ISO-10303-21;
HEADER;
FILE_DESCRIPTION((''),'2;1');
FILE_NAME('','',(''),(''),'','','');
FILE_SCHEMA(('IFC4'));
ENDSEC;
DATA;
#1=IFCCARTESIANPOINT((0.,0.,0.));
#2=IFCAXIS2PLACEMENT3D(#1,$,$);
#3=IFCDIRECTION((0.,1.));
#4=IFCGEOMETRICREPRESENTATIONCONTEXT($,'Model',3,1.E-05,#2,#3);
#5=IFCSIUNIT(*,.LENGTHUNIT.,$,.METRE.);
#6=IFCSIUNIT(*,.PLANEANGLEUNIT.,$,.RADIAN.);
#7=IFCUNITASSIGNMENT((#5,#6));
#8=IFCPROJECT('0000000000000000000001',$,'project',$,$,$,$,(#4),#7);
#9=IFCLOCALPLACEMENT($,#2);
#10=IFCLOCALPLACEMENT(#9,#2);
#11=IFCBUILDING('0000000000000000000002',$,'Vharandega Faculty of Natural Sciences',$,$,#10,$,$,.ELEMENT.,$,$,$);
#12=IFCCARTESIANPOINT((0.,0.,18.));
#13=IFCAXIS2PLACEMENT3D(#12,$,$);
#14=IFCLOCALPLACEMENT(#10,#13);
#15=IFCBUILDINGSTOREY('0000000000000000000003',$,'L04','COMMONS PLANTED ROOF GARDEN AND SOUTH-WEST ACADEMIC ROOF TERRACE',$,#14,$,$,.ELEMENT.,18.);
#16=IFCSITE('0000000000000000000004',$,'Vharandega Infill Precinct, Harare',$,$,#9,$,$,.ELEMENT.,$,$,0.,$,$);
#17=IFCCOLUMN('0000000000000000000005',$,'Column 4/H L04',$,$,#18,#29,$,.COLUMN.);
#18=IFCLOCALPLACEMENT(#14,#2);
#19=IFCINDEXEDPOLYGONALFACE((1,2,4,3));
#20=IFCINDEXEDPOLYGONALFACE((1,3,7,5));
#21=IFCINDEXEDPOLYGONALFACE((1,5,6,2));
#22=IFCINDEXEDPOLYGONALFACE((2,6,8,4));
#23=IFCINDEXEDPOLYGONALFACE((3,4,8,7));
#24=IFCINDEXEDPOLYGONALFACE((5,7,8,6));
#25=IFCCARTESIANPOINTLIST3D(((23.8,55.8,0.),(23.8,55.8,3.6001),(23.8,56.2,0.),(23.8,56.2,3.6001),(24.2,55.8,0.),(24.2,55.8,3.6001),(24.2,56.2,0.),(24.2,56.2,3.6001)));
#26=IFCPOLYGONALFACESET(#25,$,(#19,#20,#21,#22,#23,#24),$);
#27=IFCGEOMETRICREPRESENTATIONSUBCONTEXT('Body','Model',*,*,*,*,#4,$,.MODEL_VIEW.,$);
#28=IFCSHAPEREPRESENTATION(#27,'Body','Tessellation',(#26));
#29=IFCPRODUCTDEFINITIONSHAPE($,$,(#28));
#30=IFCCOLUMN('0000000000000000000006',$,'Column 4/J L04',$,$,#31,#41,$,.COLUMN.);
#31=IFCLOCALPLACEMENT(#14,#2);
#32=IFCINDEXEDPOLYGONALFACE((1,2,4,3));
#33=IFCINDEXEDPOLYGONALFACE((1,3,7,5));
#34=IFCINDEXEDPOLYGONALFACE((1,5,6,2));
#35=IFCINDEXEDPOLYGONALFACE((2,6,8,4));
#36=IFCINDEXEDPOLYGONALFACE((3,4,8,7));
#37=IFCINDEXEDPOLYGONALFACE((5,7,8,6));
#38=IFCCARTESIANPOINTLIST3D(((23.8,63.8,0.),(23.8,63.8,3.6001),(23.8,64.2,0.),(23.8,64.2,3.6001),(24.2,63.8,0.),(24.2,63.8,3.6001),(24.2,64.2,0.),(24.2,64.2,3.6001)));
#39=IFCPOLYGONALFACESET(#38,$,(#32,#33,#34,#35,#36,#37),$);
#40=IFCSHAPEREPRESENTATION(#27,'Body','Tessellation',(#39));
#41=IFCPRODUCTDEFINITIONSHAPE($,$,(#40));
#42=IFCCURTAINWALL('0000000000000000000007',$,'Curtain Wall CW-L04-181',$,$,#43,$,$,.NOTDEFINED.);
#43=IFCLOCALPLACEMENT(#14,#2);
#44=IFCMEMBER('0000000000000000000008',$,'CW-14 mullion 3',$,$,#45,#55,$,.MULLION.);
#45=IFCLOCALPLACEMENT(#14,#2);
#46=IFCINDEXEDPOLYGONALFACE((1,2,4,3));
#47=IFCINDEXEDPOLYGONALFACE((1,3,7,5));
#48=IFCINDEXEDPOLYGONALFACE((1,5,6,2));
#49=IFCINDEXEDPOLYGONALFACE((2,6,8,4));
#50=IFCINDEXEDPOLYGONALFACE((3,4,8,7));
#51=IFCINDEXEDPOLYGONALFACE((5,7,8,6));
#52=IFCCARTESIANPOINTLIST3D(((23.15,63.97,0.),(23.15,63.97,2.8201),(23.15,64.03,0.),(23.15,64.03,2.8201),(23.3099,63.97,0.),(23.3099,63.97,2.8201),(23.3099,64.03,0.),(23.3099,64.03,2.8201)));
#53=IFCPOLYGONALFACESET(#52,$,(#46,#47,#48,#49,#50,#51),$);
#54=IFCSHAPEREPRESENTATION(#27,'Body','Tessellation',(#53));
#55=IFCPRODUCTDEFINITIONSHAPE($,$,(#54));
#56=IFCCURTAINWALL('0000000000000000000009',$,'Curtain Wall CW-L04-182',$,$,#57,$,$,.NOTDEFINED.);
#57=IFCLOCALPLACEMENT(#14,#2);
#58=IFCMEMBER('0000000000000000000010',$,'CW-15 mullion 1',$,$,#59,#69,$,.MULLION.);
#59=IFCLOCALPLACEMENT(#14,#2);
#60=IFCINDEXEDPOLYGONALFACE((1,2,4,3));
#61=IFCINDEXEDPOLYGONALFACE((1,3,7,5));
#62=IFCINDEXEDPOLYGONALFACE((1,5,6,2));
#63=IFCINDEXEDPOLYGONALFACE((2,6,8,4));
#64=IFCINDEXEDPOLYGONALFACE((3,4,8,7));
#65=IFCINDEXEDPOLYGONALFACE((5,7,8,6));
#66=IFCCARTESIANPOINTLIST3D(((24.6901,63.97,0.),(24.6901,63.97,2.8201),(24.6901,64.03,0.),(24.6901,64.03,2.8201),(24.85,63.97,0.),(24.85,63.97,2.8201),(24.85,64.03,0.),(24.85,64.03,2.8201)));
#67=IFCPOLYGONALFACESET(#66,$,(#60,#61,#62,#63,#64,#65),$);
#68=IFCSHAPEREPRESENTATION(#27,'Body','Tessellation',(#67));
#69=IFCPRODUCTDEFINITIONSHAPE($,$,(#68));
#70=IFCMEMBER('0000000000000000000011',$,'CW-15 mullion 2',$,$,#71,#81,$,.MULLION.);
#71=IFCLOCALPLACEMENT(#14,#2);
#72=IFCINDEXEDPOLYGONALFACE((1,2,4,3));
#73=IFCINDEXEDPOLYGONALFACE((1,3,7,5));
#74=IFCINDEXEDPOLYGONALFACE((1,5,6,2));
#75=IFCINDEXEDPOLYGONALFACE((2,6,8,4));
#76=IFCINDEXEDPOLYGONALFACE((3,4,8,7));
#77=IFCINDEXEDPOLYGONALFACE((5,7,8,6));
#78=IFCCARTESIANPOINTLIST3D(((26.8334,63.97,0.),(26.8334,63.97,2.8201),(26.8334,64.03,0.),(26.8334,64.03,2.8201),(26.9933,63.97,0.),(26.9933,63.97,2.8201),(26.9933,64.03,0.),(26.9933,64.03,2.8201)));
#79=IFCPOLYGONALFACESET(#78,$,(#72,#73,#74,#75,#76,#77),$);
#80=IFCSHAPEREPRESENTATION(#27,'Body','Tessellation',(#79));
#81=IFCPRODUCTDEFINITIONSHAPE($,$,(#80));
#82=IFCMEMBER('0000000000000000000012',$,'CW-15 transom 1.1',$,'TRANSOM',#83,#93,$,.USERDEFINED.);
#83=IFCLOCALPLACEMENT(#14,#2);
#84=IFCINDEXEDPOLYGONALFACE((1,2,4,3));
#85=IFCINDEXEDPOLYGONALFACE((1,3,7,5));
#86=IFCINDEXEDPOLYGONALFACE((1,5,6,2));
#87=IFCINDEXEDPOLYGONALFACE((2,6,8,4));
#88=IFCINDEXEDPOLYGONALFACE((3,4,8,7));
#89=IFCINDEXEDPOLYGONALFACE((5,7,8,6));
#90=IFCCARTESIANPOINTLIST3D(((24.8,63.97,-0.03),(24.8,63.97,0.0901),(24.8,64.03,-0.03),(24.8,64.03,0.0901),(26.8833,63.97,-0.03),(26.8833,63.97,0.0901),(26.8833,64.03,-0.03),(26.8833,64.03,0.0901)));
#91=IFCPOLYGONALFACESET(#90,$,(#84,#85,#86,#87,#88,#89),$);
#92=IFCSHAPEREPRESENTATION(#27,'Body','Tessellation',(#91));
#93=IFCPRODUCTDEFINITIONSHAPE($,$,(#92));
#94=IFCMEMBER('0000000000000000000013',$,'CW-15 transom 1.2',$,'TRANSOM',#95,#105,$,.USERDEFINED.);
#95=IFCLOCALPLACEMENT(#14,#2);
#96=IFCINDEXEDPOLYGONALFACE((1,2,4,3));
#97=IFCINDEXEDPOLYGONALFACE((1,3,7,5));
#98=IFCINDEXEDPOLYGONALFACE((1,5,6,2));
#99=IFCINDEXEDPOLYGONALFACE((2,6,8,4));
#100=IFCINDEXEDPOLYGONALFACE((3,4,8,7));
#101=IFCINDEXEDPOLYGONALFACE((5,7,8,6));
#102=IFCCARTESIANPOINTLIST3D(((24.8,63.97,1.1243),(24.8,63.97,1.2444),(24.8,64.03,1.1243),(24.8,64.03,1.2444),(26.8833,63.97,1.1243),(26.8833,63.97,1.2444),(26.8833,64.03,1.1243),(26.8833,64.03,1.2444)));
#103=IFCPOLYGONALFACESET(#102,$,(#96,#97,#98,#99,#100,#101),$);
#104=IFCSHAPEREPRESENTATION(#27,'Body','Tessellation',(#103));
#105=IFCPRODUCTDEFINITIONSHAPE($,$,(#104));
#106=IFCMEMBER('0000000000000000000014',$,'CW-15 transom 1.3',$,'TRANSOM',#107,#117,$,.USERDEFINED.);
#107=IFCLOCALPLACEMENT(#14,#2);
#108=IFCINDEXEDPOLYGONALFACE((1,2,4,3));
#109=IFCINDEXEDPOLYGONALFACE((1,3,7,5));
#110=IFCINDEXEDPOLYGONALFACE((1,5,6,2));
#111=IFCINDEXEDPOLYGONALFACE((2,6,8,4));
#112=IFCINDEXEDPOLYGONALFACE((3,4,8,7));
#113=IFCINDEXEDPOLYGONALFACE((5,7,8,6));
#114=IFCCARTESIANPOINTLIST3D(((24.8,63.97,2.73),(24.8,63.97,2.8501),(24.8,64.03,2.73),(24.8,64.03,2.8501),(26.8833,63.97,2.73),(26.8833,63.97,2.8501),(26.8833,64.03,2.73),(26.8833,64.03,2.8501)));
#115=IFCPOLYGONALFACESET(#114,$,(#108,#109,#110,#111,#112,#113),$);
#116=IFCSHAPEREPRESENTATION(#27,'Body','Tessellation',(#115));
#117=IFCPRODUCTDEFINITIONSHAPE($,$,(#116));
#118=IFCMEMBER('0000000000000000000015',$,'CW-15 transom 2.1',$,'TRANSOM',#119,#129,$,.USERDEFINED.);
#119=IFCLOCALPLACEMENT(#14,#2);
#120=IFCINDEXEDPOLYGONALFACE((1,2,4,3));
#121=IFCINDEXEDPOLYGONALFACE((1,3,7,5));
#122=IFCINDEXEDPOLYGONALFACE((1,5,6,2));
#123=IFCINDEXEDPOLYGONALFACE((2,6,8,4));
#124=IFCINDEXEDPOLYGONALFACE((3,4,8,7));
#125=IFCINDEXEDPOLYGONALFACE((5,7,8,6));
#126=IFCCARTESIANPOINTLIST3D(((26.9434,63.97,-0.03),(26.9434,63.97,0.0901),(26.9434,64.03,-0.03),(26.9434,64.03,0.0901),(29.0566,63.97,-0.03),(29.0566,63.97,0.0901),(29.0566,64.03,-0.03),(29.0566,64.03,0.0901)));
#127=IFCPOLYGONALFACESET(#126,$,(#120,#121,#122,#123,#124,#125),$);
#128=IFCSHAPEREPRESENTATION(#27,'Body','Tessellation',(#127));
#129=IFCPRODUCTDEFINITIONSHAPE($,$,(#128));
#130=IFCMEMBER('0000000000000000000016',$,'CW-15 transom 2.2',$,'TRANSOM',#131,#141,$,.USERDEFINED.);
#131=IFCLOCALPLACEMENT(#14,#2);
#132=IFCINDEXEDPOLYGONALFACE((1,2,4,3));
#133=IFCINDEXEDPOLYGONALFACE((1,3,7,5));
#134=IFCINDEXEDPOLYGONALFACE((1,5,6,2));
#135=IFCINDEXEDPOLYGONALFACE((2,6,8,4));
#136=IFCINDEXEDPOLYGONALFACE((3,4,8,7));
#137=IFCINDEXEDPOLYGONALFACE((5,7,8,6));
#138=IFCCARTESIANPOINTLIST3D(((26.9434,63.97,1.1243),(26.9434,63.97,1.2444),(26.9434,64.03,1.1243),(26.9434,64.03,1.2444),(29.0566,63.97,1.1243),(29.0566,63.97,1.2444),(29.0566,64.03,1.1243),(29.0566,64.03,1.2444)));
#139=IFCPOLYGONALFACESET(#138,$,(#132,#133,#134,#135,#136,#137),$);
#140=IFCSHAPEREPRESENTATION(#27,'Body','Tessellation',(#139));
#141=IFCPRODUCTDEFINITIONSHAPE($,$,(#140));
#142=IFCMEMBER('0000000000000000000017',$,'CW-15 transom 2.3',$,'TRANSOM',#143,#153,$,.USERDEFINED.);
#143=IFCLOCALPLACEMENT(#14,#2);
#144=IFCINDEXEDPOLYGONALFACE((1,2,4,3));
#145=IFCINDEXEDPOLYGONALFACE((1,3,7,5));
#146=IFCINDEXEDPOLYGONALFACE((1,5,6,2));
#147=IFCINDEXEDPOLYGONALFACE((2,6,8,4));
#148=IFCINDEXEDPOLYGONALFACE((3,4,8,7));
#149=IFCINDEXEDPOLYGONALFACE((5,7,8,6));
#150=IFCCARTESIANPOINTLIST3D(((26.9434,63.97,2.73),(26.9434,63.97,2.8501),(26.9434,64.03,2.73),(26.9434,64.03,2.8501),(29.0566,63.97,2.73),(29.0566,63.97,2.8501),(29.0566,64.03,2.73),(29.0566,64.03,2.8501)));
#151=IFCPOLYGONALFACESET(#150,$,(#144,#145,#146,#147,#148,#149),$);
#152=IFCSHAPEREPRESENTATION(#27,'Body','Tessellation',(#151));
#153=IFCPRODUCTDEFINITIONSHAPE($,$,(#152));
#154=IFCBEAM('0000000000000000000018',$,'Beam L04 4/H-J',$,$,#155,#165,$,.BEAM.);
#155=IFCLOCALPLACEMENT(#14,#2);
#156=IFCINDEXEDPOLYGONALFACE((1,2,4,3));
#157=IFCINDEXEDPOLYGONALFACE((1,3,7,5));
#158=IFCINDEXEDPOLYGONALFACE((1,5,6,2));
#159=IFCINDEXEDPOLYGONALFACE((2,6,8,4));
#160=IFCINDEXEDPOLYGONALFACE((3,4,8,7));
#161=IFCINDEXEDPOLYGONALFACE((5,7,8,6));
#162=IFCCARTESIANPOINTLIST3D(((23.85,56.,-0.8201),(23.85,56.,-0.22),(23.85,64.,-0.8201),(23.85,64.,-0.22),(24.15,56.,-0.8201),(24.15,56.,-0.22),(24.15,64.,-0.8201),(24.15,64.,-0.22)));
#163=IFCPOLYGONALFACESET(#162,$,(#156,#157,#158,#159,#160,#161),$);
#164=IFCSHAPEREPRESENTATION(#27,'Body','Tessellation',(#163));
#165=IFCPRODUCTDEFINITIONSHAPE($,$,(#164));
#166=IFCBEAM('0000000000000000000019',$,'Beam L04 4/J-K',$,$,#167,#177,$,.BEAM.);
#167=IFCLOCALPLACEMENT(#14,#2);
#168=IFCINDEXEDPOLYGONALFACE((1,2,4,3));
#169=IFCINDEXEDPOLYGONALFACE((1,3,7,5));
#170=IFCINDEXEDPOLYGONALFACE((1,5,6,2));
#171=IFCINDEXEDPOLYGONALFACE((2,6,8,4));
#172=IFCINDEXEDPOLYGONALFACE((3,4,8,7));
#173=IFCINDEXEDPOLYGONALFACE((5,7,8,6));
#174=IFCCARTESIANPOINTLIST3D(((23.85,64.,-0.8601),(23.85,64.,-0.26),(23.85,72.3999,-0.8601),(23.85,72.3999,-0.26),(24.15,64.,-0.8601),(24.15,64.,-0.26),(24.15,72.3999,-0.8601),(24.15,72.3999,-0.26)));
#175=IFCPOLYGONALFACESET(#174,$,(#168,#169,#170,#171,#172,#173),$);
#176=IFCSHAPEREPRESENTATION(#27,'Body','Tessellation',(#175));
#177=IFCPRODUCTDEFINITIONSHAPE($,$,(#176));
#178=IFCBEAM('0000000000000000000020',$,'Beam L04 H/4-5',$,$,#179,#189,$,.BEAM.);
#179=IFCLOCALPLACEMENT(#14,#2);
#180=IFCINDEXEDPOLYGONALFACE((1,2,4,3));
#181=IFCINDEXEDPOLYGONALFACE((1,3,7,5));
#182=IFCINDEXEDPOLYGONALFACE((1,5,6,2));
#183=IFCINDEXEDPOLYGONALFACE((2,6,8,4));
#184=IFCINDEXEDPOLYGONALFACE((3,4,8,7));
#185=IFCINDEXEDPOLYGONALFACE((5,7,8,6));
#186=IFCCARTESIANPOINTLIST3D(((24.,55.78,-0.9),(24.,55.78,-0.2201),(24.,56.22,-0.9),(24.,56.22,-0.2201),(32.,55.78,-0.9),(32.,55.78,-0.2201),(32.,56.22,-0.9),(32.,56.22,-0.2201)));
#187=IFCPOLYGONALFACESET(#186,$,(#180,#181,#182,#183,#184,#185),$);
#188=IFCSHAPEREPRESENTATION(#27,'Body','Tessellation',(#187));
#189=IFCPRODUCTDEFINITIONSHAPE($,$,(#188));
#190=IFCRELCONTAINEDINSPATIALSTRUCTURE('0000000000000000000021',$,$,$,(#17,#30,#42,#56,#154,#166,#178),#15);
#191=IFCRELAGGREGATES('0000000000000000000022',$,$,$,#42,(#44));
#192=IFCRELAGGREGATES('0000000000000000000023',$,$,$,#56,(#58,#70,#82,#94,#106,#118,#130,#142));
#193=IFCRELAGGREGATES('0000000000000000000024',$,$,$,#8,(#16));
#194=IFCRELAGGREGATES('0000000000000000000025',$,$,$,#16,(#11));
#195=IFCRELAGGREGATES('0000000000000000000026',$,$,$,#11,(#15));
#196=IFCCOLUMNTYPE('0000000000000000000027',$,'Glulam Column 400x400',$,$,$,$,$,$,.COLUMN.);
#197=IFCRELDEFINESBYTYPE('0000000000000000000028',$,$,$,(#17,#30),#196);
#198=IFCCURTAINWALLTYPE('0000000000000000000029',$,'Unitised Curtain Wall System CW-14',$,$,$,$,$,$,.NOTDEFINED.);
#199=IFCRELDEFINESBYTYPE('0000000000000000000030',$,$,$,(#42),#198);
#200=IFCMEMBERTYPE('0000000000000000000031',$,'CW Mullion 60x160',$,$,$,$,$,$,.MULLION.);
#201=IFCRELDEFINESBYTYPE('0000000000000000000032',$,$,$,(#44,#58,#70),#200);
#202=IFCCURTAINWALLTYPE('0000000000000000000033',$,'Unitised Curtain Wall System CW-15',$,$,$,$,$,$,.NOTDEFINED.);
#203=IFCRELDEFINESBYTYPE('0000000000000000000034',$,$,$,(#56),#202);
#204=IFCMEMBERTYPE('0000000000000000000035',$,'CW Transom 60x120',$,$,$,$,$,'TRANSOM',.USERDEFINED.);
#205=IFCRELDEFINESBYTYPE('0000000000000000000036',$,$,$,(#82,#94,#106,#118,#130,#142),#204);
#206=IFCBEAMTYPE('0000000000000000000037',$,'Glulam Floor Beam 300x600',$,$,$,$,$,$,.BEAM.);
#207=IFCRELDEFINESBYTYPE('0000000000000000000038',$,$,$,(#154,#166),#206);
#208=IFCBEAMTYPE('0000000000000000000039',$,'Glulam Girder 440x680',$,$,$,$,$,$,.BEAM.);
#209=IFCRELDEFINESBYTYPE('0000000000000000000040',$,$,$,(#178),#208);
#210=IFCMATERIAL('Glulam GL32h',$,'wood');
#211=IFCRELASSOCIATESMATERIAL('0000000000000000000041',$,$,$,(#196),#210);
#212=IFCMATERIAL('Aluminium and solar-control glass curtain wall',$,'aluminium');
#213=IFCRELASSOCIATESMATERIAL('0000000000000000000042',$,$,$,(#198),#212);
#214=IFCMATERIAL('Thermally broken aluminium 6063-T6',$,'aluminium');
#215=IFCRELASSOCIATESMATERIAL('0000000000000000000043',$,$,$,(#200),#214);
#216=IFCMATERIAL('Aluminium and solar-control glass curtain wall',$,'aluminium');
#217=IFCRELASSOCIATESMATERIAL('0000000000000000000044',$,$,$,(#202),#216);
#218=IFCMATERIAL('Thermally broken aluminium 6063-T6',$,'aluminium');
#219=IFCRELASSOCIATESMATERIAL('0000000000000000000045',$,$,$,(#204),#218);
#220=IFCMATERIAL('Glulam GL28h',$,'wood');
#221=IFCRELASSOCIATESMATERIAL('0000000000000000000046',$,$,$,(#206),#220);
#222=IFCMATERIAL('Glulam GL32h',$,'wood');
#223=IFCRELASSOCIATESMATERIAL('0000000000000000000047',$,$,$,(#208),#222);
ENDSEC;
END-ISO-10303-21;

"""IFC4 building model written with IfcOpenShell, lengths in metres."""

from ifc_helpers import new_model, si_unit, direction, frame, origin, origin_2d, place, context, subcontext, project, spatial, rectangle, extrude, material, material_profile, profile_set, type_object, element, aggregate, save


model = new_model("IFC4")

# Units and contexts
model_context = context("Model", 3, precision=1e-05, world=origin(), true_north=direction((0.0, 1.0)))
body_context = subcontext(model_context, "Body", "Model", "MODEL_VIEW")
ifc_project = project(units=[si_unit("LENGTHUNIT", "METRE"), si_unit("PLANEANGLEUNIT", "RADIAN")], contexts=[model_context])

# Site, building, storey
site_placement = place(None, origin())
site = spatial("IfcSite", under=ifc_project, at=site_placement, Name="Vharandega Infill Precinct, Harare", CompositionType="ELEMENT", RefElevation=0.0)
building_placement = place(site_placement, origin())
building = spatial("IfcBuilding", under=site, at=building_placement, Name="Vharandega Faculty of Natural Sciences", CompositionType="ELEMENT")
storey_placement = place(building_placement, frame((0.0, 0.0, 18.0)))
storey = spatial("IfcBuildingStorey", under=building, at=storey_placement, Name="L04", Description="COMMONS PLANTED ROOF GARDEN AND SOUTH-WEST ACADEMIC ROOF TERRACE", CompositionType="ELEMENT", Elevation=18.0)

# Columns
ifc_material_1 = material(Name="Glulam GL32h", Category="wood")
ifc_material_profile_1 = material_profile(ifc_material_1, rectangle(XDim=0.3999, YDim=0.3999, at=origin_2d()), Name="GL32h 400x400")
ifc_profile_set_1 = profile_set([ifc_material_profile_1], Name="Glulam GL32h")
column_type = type_object("IfcColumnType", Name="Glulam Column 400x400", PredefinedType="COLUMN", material=ifc_profile_set_1)
for number, where, z_axis, x_axis, name in (
    (1, (24.0, 56.0, 0.0), (0.0, 0.0, 1.0), (1.0, 0.0, 0.0), "Column 4/H L04"),
    (2, (24.0, 64.0, 0.0), (0.0, 0.0, 1.0), (1.0, 0.0, 0.0), "Column 4/J L04"),
):
    element("IfcColumn", number, at=place(storey_placement, frame(where, z_axis=z_axis, x_axis=x_axis)), inside=storey, type_object=column_type, Name=name, PredefinedType="COLUMN", context=body_context, shape_type="SweptSolid", body=[
        extrude(rectangle(XDim=0.3999, YDim=0.3999, at=origin_2d()), origin(), (0.0, 0.0, 1.0), 3.6001),
    ])

# Curtain wall, member
ifc_material_2 = material(Name="Aluminium and solar-control glass curtain wall", Category="aluminium")
curtain_wall_type_1 = type_object("IfcCurtainWallType", Name="Unitised Curtain Wall System CW-14", PredefinedType="NOTDEFINED", material=ifc_material_2)
curtain_wall_1_placement = place(storey_placement, origin())
curtain_wall_1 = element("IfcCurtainWall", 3, at=curtain_wall_1_placement, inside=storey, type_object=curtain_wall_type_1, Name="Curtain Wall CW-L04-181", PredefinedType="NOTDEFINED")
ifc_material_3 = material(Name="Thermally broken aluminium 6063-T6", Category="aluminium")
ifc_material_profile_2 = material_profile(ifc_material_3, rectangle(XDim=0.0601, YDim=0.1599, at=origin_2d()), Name="ALU 60x160")
ifc_profile_set_2 = profile_set([ifc_material_profile_2], Name="Thermally broken aluminium 6063-T6")
member_type_1 = type_object("IfcMemberType", Name="CW Mullion 60x160", PredefinedType="MULLION", material=ifc_profile_set_2)
member_1_placement = place(storey_placement, frame((23.23, 64.0, 0.0), z_axis=(0.0, 0.0, 1.0), x_axis=(0.0, 1.0, 0.0)))
member_1 = element("IfcMember", 4, at=member_1_placement, type_object=member_type_1, Name="CW-14 mullion 3", PredefinedType="MULLION", context=body_context, shape_type="SweptSolid", body=[
    extrude(rectangle(XDim=0.0601, YDim=0.1599, at=origin_2d()), origin(), (0.0, 0.0, 1.0), 2.8201),
])
aggregate(curtain_wall_1, [member_1])

# Curtain wall, members
ifc_material_4 = material(Name="Aluminium and solar-control glass curtain wall", Category="aluminium")
curtain_wall_type_2 = type_object("IfcCurtainWallType", Name="Unitised Curtain Wall System CW-15", PredefinedType="NOTDEFINED", material=ifc_material_4)
curtain_wall_2_placement = place(storey_placement, origin())
curtain_wall_2 = element("IfcCurtainWall", 5, at=curtain_wall_2_placement, inside=storey, type_object=curtain_wall_type_2, Name="Curtain Wall CW-L04-182", PredefinedType="NOTDEFINED")
member_2_placement = place(storey_placement, frame((24.77, 64.0, 0.0), z_axis=(0.0, 0.0, 1.0), x_axis=(0.0, 1.0, 0.0)))
member_2 = element("IfcMember", 6, at=member_2_placement, type_object=member_type_1, Name="CW-15 mullion 1", PredefinedType="MULLION", context=body_context, shape_type="SweptSolid", body=[
    extrude(rectangle(XDim=0.0601, YDim=0.1599, at=origin_2d()), origin(), (0.0, 0.0, 1.0), 2.8201),
])
member_3_placement = place(storey_placement, frame((26.9133, 64.0, 0.0), z_axis=(0.0, 0.0, 1.0), x_axis=(0.0, 1.0, 0.0)))
member_3 = element("IfcMember", 7, at=member_3_placement, type_object=member_type_1, Name="CW-15 mullion 2", PredefinedType="MULLION", context=body_context, shape_type="SweptSolid", body=[
    extrude(rectangle(XDim=0.0601, YDim=0.1599, at=origin_2d()), origin(), (0.0, 0.0, 1.0), 2.8201),
])
ifc_material_5 = material(Name="Thermally broken aluminium 6063-T6", Category="aluminium")
ifc_material_profile_3 = material_profile(ifc_material_5, rectangle(XDim=0.0601, YDim=0.1201, at=origin_2d()), Name="ALU 60x120")
ifc_profile_set_3 = profile_set([ifc_material_profile_3], Name="Thermally broken aluminium 6063-T6")
member_type_2 = type_object("IfcMemberType", Name="CW Transom 60x120", ElementType="TRANSOM", PredefinedType="USERDEFINED", material=ifc_profile_set_3)
member_4_placement = place(storey_placement, frame((24.8, 64.0, 0.03), z_axis=(1.0, 0.0, 0.0), x_axis=(0.0, 1.0, 0.0)))
member_4 = element("IfcMember", 8, at=member_4_placement, type_object=member_type_2, Name="CW-15 transom 1.1", ObjectType="TRANSOM", PredefinedType="USERDEFINED", context=body_context, shape_type="SweptSolid", body=[
    extrude(rectangle(XDim=0.0601, YDim=0.1201, at=origin_2d()), origin(), (0.0, 0.0, 1.0), 2.0833),
])
member_5_placement = place(storey_placement, frame((24.8, 64.0, 1.1843), z_axis=(1.0, 0.0, 0.0), x_axis=(0.0, 1.0, 0.0)))
member_5 = element("IfcMember", 9, at=member_5_placement, type_object=member_type_2, Name="CW-15 transom 1.2", ObjectType="TRANSOM", PredefinedType="USERDEFINED", context=body_context, shape_type="SweptSolid", body=[
    extrude(rectangle(XDim=0.0601, YDim=0.1201, at=origin_2d()), origin(), (0.0, 0.0, 1.0), 2.0833),
])
member_6_placement = place(storey_placement, frame((24.8, 64.0, 2.79), z_axis=(1.0, 0.0, 0.0), x_axis=(0.0, 1.0, 0.0)))
member_6 = element("IfcMember", 10, at=member_6_placement, type_object=member_type_2, Name="CW-15 transom 1.3", ObjectType="TRANSOM", PredefinedType="USERDEFINED", context=body_context, shape_type="SweptSolid", body=[
    extrude(rectangle(XDim=0.0601, YDim=0.1201, at=origin_2d()), origin(), (0.0, 0.0, 1.0), 2.0833),
])
member_7_placement = place(storey_placement, frame((26.9434, 64.0, 0.03), z_axis=(1.0, 0.0, 0.0), x_axis=(0.0, 1.0, 0.0)))
member_7 = element("IfcMember", 11, at=member_7_placement, type_object=member_type_2, Name="CW-15 transom 2.1", ObjectType="TRANSOM", PredefinedType="USERDEFINED", context=body_context, shape_type="SweptSolid", body=[
    extrude(rectangle(XDim=0.0601, YDim=0.1201, at=origin_2d()), origin(), (0.0, 0.0, 1.0), 2.1133),
])
member_8_placement = place(storey_placement, frame((26.9434, 64.0, 1.1843), z_axis=(1.0, 0.0, 0.0), x_axis=(0.0, 1.0, 0.0)))
member_8 = element("IfcMember", 12, at=member_8_placement, type_object=member_type_2, Name="CW-15 transom 2.2", ObjectType="TRANSOM", PredefinedType="USERDEFINED", context=body_context, shape_type="SweptSolid", body=[
    extrude(rectangle(XDim=0.0601, YDim=0.1201, at=origin_2d()), origin(), (0.0, 0.0, 1.0), 2.1133),
])
member_9_placement = place(storey_placement, frame((26.9434, 64.0, 2.79), z_axis=(1.0, 0.0, 0.0), x_axis=(0.0, 1.0, 0.0)))
member_9 = element("IfcMember", 13, at=member_9_placement, type_object=member_type_2, Name="CW-15 transom 2.3", ObjectType="TRANSOM", PredefinedType="USERDEFINED", context=body_context, shape_type="SweptSolid", body=[
    extrude(rectangle(XDim=0.0601, YDim=0.1201, at=origin_2d()), origin(), (0.0, 0.0, 1.0), 2.1133),
])

# Beams
ifc_material_6 = material(Name="Glulam GL28h", Category="wood")
ifc_material_profile_4 = material_profile(ifc_material_6, rectangle(XDim=0.3, YDim=0.6001, at=origin_2d()), Name="GL28h 300x600")
ifc_profile_set_4 = profile_set([ifc_material_profile_4], Name="Glulam GL28h")
beam_type_1 = type_object("IfcBeamType", Name="Glulam Floor Beam 300x600", PredefinedType="BEAM", material=ifc_profile_set_4)
beam_1_placement = place(storey_placement, frame((24.0, 56.0, -0.52), z_axis=(0.0, 1.0, 0.0), x_axis=(-1.0, 0.0, 0.0)))
element("IfcBeam", 14, at=beam_1_placement, inside=storey, type_object=beam_type_1, Name="Beam L04 4/H-J", PredefinedType="BEAM", context=body_context, shape_type="SweptSolid", body=[
    extrude(rectangle(XDim=0.3, YDim=0.6001, at=origin_2d()), origin(), (0.0, 0.0, 1.0), 8.0),
])
beam_2_placement = place(storey_placement, frame((24.0, 64.0, -0.5601), z_axis=(0.0, 1.0, 0.0), x_axis=(-1.0, 0.0, 0.0)))
element("IfcBeam", 15, at=beam_2_placement, inside=storey, type_object=beam_type_1, Name="Beam L04 4/J-K", PredefinedType="BEAM", context=body_context, shape_type="SweptSolid", body=[
    extrude(rectangle(XDim=0.3, YDim=0.6001, at=origin_2d()), origin(), (0.0, 0.0, 1.0), 8.3999),
])
ifc_material_7 = material(Name="Glulam GL32h", Category="wood")
ifc_material_profile_5 = material_profile(ifc_material_7, rectangle(XDim=0.4399, YDim=0.6799, at=origin_2d()), Name="GL32h 440x680")
ifc_profile_set_5 = profile_set([ifc_material_profile_5], Name="Glulam GL32h")
beam_type_2 = type_object("IfcBeamType", Name="Glulam Girder 440x680", PredefinedType="BEAM", material=ifc_profile_set_5)
for number, where, z_axis, x_axis, name in (
    (16, (24.0, 56.0, -0.5601), (1.0, 0.0, 0.0), (0.0, 1.0, 0.0), "Beam L04 H/4-5"),
):
    element("IfcBeam", number, at=place(storey_placement, frame(where, z_axis=z_axis, x_axis=x_axis)), inside=storey, type_object=beam_type_2, Name=name, PredefinedType="BEAM", context=body_context, shape_type="SweptSolid", body=[
        extrude(rectangle(XDim=0.4399, YDim=0.6799, at=origin_2d()), origin(), (0.0, 0.0, 1.0), 8.0),
    ])

aggregate(curtain_wall_2, [member_2, member_3, member_4, member_5, member_6, member_7, member_8, member_9])

save(model, "model.ifc")
